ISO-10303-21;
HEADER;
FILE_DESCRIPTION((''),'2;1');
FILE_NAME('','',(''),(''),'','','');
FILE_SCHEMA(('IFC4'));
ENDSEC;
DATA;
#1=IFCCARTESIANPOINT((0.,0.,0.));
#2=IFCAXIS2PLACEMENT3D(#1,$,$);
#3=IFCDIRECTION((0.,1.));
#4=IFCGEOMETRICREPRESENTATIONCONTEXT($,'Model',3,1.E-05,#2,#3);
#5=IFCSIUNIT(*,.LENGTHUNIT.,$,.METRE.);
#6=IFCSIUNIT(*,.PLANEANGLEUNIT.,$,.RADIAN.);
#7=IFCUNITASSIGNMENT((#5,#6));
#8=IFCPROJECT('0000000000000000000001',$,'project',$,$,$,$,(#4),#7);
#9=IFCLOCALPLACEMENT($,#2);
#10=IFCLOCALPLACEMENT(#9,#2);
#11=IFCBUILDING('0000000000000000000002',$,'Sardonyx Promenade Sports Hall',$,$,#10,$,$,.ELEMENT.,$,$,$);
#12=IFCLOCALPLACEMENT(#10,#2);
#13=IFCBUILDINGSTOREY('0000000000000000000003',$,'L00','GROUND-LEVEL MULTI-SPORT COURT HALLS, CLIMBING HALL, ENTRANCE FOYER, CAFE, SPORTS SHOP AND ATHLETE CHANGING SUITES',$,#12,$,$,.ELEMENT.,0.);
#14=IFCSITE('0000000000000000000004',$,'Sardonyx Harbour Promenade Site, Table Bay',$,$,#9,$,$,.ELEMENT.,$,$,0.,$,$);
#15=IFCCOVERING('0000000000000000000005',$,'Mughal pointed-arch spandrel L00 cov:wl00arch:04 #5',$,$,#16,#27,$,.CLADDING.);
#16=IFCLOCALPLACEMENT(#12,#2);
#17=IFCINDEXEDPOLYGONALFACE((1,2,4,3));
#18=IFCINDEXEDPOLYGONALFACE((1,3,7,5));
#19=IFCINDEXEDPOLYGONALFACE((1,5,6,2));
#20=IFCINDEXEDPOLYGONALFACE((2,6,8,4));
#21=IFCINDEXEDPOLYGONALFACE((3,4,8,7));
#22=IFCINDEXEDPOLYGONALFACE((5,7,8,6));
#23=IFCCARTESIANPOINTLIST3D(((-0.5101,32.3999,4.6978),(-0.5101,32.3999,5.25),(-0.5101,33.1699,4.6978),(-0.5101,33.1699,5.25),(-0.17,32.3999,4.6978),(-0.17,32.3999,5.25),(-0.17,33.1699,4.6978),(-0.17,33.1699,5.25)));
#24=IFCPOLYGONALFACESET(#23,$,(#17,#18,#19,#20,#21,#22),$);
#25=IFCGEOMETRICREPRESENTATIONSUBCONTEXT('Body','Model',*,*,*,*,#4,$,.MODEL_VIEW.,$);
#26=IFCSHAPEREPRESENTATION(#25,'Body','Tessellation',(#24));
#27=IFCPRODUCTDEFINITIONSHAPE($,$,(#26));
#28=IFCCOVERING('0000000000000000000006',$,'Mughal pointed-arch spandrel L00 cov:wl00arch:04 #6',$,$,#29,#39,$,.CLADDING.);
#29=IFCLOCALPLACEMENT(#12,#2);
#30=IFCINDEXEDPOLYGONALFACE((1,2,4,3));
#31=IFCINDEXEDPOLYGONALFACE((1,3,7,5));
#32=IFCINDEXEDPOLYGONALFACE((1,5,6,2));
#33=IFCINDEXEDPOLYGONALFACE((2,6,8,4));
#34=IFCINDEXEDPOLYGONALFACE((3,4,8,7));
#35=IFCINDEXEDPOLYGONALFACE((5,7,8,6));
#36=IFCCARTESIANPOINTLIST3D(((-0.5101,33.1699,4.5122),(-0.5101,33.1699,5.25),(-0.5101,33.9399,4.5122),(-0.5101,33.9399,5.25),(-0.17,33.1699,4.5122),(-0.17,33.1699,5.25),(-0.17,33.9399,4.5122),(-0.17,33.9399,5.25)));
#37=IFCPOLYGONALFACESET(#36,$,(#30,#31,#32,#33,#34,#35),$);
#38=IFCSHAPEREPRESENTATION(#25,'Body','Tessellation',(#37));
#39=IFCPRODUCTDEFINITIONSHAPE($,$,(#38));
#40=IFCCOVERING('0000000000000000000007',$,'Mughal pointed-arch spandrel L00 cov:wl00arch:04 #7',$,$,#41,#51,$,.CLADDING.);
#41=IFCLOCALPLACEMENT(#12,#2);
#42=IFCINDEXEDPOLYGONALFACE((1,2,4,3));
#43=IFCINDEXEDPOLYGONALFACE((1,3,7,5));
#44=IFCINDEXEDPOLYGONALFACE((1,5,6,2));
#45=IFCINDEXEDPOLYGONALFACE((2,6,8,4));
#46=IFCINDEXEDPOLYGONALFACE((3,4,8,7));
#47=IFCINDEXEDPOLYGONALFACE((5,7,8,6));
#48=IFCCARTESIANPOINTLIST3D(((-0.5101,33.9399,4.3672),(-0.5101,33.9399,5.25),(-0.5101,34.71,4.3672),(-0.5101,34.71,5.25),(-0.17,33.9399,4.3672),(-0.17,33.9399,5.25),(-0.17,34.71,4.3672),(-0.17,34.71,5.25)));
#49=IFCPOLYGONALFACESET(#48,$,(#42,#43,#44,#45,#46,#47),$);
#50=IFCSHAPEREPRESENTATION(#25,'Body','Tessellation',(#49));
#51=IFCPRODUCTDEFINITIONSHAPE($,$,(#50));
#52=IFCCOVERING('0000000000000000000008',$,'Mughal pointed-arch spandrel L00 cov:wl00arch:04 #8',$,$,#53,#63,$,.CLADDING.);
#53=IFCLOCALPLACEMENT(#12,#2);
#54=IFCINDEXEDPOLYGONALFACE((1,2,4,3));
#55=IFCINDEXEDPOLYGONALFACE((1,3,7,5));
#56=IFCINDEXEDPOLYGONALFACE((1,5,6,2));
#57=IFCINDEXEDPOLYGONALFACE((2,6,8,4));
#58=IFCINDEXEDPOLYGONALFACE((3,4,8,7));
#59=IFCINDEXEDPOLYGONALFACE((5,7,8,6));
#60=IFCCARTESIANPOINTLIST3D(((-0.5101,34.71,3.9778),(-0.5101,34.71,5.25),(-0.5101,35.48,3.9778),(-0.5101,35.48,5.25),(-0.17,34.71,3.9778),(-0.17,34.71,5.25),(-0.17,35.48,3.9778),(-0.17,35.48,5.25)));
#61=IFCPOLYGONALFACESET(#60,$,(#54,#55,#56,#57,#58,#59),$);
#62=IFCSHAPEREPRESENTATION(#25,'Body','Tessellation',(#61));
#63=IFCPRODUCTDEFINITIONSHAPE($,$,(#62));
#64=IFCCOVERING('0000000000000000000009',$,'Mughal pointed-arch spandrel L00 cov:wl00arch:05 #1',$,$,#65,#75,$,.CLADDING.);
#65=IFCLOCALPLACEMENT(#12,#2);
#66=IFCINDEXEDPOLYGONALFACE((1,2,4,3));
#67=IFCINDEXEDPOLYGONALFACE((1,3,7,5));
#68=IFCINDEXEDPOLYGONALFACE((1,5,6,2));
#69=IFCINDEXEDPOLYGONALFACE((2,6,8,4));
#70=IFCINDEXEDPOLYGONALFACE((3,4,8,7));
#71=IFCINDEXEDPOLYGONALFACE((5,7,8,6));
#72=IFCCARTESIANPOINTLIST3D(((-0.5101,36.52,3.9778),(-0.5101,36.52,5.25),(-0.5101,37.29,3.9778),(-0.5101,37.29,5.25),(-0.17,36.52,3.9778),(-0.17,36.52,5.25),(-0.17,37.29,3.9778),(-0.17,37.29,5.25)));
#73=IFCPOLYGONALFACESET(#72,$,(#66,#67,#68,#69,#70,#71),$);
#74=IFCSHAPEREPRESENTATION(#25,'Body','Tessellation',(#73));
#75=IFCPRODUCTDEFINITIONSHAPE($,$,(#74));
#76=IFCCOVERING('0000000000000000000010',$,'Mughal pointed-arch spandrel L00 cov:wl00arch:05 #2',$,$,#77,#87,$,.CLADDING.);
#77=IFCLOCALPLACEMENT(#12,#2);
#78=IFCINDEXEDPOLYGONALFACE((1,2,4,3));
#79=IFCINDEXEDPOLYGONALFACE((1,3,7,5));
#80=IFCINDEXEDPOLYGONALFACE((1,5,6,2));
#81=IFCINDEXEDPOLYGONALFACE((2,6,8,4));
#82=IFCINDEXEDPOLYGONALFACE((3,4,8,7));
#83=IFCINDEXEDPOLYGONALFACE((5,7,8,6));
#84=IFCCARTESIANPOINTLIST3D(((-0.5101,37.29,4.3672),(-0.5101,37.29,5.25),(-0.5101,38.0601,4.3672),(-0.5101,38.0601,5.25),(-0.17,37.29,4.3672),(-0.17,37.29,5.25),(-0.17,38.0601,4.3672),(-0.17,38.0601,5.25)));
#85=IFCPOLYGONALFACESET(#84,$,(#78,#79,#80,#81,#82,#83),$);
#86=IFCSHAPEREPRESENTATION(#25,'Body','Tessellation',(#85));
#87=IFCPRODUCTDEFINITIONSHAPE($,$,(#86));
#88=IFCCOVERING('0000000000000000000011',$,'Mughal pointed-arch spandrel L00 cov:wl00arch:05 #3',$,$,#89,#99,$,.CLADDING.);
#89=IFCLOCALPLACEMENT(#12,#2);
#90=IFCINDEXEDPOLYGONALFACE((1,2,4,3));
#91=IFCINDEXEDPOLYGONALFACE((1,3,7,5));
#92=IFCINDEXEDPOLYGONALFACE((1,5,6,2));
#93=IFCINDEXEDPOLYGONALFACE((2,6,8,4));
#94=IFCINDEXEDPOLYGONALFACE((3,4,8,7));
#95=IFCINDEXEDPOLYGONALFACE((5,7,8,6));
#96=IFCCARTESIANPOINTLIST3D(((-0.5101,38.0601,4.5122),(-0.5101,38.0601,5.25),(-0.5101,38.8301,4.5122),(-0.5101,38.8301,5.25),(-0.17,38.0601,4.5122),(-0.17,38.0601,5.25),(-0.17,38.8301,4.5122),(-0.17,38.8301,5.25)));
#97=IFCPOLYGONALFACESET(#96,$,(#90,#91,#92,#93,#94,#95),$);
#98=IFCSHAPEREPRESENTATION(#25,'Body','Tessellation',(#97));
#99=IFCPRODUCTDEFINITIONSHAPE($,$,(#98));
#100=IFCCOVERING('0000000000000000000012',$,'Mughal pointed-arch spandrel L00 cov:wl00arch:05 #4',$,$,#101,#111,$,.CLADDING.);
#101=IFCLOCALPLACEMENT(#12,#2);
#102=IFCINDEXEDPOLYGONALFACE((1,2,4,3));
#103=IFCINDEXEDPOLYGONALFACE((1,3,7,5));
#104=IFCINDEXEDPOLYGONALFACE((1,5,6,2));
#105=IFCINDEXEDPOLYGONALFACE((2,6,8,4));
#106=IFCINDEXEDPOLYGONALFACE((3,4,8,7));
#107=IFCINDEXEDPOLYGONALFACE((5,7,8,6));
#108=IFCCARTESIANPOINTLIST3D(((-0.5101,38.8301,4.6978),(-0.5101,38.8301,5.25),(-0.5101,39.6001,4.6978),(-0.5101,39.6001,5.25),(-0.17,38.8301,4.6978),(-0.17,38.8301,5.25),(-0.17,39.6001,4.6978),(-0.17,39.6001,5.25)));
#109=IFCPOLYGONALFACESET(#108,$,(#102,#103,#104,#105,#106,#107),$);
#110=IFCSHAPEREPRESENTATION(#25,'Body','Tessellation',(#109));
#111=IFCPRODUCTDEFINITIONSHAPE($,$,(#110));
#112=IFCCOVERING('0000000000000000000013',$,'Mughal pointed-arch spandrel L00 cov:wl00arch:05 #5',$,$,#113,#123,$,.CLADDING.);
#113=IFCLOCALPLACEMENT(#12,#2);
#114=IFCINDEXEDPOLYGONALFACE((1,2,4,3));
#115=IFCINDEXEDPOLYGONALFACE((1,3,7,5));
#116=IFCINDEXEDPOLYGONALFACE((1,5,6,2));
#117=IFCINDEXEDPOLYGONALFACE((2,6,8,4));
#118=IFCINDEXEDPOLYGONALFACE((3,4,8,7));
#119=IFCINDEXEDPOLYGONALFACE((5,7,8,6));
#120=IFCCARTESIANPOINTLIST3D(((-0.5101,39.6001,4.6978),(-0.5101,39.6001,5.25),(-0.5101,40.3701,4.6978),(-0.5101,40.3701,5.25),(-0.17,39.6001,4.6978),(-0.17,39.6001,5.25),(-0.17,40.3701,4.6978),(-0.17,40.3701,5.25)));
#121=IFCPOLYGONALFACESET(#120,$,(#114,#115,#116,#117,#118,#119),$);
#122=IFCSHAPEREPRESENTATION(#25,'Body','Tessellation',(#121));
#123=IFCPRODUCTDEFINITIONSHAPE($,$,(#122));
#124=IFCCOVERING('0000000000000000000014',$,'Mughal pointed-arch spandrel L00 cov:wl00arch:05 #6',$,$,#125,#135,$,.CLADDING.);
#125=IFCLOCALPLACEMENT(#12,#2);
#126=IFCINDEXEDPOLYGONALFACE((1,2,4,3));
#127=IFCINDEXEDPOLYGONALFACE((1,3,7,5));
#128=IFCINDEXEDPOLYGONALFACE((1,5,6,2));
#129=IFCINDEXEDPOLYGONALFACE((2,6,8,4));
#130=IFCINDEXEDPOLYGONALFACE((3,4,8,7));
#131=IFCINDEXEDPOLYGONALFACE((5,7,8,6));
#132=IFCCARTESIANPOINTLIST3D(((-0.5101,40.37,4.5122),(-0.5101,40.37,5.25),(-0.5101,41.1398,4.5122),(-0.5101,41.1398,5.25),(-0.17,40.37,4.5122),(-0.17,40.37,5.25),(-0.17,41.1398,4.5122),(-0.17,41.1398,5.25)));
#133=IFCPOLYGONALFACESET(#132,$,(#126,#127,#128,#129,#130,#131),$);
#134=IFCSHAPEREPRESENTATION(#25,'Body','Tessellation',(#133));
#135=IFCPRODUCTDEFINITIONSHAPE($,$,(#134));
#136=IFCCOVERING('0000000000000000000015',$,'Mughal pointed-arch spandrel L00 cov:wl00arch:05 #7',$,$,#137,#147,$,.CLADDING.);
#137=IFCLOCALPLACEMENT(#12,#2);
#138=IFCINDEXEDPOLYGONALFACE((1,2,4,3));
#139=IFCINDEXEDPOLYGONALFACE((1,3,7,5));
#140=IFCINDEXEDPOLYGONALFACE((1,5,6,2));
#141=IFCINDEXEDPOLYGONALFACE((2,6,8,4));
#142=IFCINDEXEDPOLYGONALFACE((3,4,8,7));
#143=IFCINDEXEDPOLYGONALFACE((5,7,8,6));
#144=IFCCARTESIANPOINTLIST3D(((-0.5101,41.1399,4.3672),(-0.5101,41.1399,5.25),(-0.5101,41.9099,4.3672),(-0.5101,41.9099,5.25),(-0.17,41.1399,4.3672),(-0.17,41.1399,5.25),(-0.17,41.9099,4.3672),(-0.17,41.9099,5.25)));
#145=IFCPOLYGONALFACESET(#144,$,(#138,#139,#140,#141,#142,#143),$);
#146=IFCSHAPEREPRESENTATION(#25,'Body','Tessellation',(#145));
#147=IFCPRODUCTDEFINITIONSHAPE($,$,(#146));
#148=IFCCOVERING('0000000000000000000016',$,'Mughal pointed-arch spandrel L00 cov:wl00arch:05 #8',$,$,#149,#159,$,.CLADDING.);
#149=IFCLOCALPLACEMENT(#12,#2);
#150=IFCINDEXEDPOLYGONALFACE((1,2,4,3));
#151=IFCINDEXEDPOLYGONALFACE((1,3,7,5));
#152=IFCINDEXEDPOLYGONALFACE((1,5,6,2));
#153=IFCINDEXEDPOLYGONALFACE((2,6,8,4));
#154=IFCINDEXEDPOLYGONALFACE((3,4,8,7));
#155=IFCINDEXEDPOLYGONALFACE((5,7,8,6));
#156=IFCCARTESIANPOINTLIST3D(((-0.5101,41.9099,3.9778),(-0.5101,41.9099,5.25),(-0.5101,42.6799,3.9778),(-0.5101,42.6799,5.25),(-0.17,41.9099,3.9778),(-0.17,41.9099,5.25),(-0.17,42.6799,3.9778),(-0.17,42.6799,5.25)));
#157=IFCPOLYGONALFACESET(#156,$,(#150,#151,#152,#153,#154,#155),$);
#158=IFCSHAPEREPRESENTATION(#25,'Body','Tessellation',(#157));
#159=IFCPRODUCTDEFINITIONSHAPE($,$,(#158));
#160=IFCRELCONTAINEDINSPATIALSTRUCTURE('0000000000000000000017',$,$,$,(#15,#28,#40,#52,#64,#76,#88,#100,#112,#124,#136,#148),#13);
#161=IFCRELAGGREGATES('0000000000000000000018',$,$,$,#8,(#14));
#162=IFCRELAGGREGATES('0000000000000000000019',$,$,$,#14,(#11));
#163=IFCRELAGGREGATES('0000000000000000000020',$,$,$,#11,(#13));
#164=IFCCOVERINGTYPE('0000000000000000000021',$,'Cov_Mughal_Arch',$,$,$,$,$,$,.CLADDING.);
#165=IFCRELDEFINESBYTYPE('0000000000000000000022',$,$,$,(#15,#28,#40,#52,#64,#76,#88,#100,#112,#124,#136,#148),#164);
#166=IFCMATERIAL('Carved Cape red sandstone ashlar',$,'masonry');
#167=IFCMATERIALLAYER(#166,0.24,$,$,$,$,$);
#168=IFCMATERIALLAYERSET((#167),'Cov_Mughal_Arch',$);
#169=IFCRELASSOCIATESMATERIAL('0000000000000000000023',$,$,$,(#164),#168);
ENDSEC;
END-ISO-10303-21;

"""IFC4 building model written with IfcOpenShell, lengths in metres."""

from ifc_helpers import new_model, si_unit, direction, frame, frame_2d, origin, place, context, subcontext, project, spatial, rectangle, extrude, material, layer, layer_set, type_object, element, save


model = new_model("IFC4")

# Units and contexts
model_context = context("Model", 3, precision=1e-05, world=origin(), true_north=direction((0.0, 1.0)))
body_context = subcontext(model_context, "Body", "Model", "MODEL_VIEW")
ifc_project = project(units=[si_unit("LENGTHUNIT", "METRE"), si_unit("PLANEANGLEUNIT", "RADIAN")], contexts=[model_context])

# Site, building, storey
site_placement = place(None, origin())
site = spatial("IfcSite", under=ifc_project, at=site_placement, Name="Sardonyx Harbour Promenade Site, Table Bay", CompositionType="ELEMENT", RefElevation=0.0)
building_placement = place(site_placement, origin())
building = spatial("IfcBuilding", under=site, at=building_placement, Name="Sardonyx Promenade Sports Hall", CompositionType="ELEMENT")
storey_placement = place(building_placement, origin())
storey = spatial("IfcBuildingStorey", under=building, at=storey_placement, Name="L00", Description="GROUND-LEVEL MULTI-SPORT COURT HALLS, CLIMBING HALL, ENTRANCE FOYER, CAFE, SPORTS SHOP AND ATHLETE CHANGING SUITES", CompositionType="ELEMENT", Elevation=0.0)

# Coverings
ifc_material_1 = material(Name="Carved Cape red sandstone ashlar", Category="masonry")
ifc_layer_1 = layer(ifc_material_1, 0.24)
ifc_layer_set_1 = layer_set([ifc_layer_1], Name="Cov_Mughal_Arch")
covering_type_1 = type_object("IfcCoveringType", Name="Cov_Mughal_Arch", PredefinedType="CLADDING", material=ifc_layer_set_1)
for number, where, z_axis, x_axis, name in (
    (1, (-0.3401, 32.3999, 4.6978), (0.0, 0.0, 1.0), (0.0, 1.0, 0.0), "Mughal pointed-arch spandrel L00 cov:wl00arch:04 #5"),
):
    element("IfcCovering", number, at=place(storey_placement, frame(where, z_axis=z_axis, x_axis=x_axis)), inside=storey, type_object=covering_type_1, Name=name, PredefinedType="CLADDING", context=body_context, shape_type="SweptSolid", body=[
        extrude(rectangle(XDim=0.77, YDim=0.3401, at=frame_2d((0.385, 0.0))), origin(), (0.0, 0.0, 1.0), 0.5522),
    ])
covering_1_placement = place(storey_placement, frame((-0.3401, 33.1699, 4.5122), z_axis=(0.0, 0.0, 1.0), x_axis=(0.0, 1.0, 0.0)))
element("IfcCovering", 2, at=covering_1_placement, inside=storey, type_object=covering_type_1, Name="Mughal pointed-arch spandrel L00 cov:wl00arch:04 #6", PredefinedType="CLADDING", context=body_context, shape_type="SweptSolid", body=[
    extrude(rectangle(XDim=0.77, YDim=0.3401, at=frame_2d((0.385, 0.0))), origin(), (0.0, 0.0, 1.0), 0.7378),
])
covering_2_placement = place(storey_placement, frame((-0.3401, 33.9399, 4.3672), z_axis=(0.0, 0.0, 1.0), x_axis=(0.0, 1.0, 0.0)))
element("IfcCovering", 3, at=covering_2_placement, inside=storey, type_object=covering_type_1, Name="Mughal pointed-arch spandrel L00 cov:wl00arch:04 #7", PredefinedType="CLADDING", context=body_context, shape_type="SweptSolid", body=[
    extrude(rectangle(XDim=0.77, YDim=0.3401, at=frame_2d((0.385, 0.0))), origin(), (0.0, 0.0, 1.0), 0.8828),
])
for number, where, z_axis, x_axis, name in (
    (4, (-0.3401, 34.71, 3.9778), (0.0, 0.0, 1.0), (0.0, 1.0, 0.0), "Mughal pointed-arch spandrel L00 cov:wl00arch:04 #8"),
    (5, (-0.3401, 36.52, 3.9778), (0.0, 0.0, 1.0), (0.0, 1.0, 0.0), "Mughal pointed-arch spandrel L00 cov:wl00arch:05 #1"),
):
    element("IfcCovering", number, at=place(storey_placement, frame(where, z_axis=z_axis, x_axis=x_axis)), inside=storey, type_object=covering_type_1, Name=name, PredefinedType="CLADDING", context=body_context, shape_type="SweptSolid", body=[
        extrude(rectangle(XDim=0.77, YDim=0.3401, at=frame_2d((0.385, 0.0))), origin(), (0.0, 0.0, 1.0), 1.2722),
    ])
covering_3_placement = place(storey_placement, frame((-0.3401, 37.29, 4.3672), z_axis=(0.0, 0.0, 1.0), x_axis=(0.0, 1.0, 0.0)))
element("IfcCovering", 6, at=covering_3_placement, inside=storey, type_object=covering_type_1, Name="Mughal pointed-arch spandrel L00 cov:wl00arch:05 #2", PredefinedType="CLADDING", context=body_context, shape_type="SweptSolid", body=[
    extrude(rectangle(XDim=0.77, YDim=0.3401, at=frame_2d((0.385, 0.0))), origin(), (0.0, 0.0, 1.0), 0.8828),
])
covering_4_placement = place(storey_placement, frame((-0.3401, 38.0601, 4.5122), z_axis=(0.0, 0.0, 1.0), x_axis=(0.0, 1.0, 0.0)))
element("IfcCovering", 7, at=covering_4_placement, inside=storey, type_object=covering_type_1, Name="Mughal pointed-arch spandrel L00 cov:wl00arch:05 #3", PredefinedType="CLADDING", context=body_context, shape_type="SweptSolid", body=[
    extrude(rectangle(XDim=0.77, YDim=0.3401, at=frame_2d((0.385, 0.0))), origin(), (0.0, 0.0, 1.0), 0.7378),
])
for number, where, z_axis, x_axis, name in (
    (8, (-0.3401, 38.8301, 4.6978), (0.0, 0.0, 1.0), (0.0, 1.0, 0.0), "Mughal pointed-arch spandrel L00 cov:wl00arch:05 #4"),
    (9, (-0.3401, 39.6001, 4.6978), (0.0, 0.0, 1.0), (0.0, 1.0, 0.0), "Mughal pointed-arch spandrel L00 cov:wl00arch:05 #5"),
):
    element("IfcCovering", number, at=place(storey_placement, frame(where, z_axis=z_axis, x_axis=x_axis)), inside=storey, type_object=covering_type_1, Name=name, PredefinedType="CLADDING", context=body_context, shape_type="SweptSolid", body=[
        extrude(rectangle(XDim=0.77, YDim=0.3401, at=frame_2d((0.385, 0.0))), origin(), (0.0, 0.0, 1.0), 0.5522),
    ])
covering_5_placement = place(storey_placement, frame((-0.3401, 40.3701, 4.5122), z_axis=(0.0, 0.0, 1.0), x_axis=(0.0, 1.0, 0.0)))
element("IfcCovering", 10, at=covering_5_placement, inside=storey, type_object=covering_type_1, Name="Mughal pointed-arch spandrel L00 cov:wl00arch:05 #6", PredefinedType="CLADDING", context=body_context, shape_type="SweptSolid", body=[
    extrude(rectangle(XDim=0.7698, YDim=0.3401, at=frame_2d((0.3848, 0.0))), origin(), (0.0, 0.0, 1.0), 0.7378),
])
covering_6_placement = place(storey_placement, frame((-0.3401, 41.1399, 4.3672), z_axis=(0.0, 0.0, 1.0), x_axis=(0.0, 1.0, 0.0)))
element("IfcCovering", 11, at=covering_6_placement, inside=storey, type_object=covering_type_1, Name="Mughal pointed-arch spandrel L00 cov:wl00arch:05 #7", PredefinedType="CLADDING", context=body_context, shape_type="SweptSolid", body=[
    extrude(rectangle(XDim=0.77, YDim=0.3401, at=frame_2d((0.385, 0.0))), origin(), (0.0, 0.0, 1.0), 0.8828),
])
covering_7_placement = place(storey_placement, frame((-0.3401, 41.9099, 3.9778), z_axis=(0.0, 0.0, 1.0), x_axis=(0.0, 1.0, 0.0)))
element("IfcCovering", 12, at=covering_7_placement, inside=storey, type_object=covering_type_1, Name="Mughal pointed-arch spandrel L00 cov:wl00arch:05 #8", PredefinedType="CLADDING", context=body_context, shape_type="SweptSolid", body=[
    extrude(rectangle(XDim=0.77, YDim=0.3401, at=frame_2d((0.385, 0.0))), origin(), (0.0, 0.0, 1.0), 1.2722),
])

save(model, "model.ifc")
